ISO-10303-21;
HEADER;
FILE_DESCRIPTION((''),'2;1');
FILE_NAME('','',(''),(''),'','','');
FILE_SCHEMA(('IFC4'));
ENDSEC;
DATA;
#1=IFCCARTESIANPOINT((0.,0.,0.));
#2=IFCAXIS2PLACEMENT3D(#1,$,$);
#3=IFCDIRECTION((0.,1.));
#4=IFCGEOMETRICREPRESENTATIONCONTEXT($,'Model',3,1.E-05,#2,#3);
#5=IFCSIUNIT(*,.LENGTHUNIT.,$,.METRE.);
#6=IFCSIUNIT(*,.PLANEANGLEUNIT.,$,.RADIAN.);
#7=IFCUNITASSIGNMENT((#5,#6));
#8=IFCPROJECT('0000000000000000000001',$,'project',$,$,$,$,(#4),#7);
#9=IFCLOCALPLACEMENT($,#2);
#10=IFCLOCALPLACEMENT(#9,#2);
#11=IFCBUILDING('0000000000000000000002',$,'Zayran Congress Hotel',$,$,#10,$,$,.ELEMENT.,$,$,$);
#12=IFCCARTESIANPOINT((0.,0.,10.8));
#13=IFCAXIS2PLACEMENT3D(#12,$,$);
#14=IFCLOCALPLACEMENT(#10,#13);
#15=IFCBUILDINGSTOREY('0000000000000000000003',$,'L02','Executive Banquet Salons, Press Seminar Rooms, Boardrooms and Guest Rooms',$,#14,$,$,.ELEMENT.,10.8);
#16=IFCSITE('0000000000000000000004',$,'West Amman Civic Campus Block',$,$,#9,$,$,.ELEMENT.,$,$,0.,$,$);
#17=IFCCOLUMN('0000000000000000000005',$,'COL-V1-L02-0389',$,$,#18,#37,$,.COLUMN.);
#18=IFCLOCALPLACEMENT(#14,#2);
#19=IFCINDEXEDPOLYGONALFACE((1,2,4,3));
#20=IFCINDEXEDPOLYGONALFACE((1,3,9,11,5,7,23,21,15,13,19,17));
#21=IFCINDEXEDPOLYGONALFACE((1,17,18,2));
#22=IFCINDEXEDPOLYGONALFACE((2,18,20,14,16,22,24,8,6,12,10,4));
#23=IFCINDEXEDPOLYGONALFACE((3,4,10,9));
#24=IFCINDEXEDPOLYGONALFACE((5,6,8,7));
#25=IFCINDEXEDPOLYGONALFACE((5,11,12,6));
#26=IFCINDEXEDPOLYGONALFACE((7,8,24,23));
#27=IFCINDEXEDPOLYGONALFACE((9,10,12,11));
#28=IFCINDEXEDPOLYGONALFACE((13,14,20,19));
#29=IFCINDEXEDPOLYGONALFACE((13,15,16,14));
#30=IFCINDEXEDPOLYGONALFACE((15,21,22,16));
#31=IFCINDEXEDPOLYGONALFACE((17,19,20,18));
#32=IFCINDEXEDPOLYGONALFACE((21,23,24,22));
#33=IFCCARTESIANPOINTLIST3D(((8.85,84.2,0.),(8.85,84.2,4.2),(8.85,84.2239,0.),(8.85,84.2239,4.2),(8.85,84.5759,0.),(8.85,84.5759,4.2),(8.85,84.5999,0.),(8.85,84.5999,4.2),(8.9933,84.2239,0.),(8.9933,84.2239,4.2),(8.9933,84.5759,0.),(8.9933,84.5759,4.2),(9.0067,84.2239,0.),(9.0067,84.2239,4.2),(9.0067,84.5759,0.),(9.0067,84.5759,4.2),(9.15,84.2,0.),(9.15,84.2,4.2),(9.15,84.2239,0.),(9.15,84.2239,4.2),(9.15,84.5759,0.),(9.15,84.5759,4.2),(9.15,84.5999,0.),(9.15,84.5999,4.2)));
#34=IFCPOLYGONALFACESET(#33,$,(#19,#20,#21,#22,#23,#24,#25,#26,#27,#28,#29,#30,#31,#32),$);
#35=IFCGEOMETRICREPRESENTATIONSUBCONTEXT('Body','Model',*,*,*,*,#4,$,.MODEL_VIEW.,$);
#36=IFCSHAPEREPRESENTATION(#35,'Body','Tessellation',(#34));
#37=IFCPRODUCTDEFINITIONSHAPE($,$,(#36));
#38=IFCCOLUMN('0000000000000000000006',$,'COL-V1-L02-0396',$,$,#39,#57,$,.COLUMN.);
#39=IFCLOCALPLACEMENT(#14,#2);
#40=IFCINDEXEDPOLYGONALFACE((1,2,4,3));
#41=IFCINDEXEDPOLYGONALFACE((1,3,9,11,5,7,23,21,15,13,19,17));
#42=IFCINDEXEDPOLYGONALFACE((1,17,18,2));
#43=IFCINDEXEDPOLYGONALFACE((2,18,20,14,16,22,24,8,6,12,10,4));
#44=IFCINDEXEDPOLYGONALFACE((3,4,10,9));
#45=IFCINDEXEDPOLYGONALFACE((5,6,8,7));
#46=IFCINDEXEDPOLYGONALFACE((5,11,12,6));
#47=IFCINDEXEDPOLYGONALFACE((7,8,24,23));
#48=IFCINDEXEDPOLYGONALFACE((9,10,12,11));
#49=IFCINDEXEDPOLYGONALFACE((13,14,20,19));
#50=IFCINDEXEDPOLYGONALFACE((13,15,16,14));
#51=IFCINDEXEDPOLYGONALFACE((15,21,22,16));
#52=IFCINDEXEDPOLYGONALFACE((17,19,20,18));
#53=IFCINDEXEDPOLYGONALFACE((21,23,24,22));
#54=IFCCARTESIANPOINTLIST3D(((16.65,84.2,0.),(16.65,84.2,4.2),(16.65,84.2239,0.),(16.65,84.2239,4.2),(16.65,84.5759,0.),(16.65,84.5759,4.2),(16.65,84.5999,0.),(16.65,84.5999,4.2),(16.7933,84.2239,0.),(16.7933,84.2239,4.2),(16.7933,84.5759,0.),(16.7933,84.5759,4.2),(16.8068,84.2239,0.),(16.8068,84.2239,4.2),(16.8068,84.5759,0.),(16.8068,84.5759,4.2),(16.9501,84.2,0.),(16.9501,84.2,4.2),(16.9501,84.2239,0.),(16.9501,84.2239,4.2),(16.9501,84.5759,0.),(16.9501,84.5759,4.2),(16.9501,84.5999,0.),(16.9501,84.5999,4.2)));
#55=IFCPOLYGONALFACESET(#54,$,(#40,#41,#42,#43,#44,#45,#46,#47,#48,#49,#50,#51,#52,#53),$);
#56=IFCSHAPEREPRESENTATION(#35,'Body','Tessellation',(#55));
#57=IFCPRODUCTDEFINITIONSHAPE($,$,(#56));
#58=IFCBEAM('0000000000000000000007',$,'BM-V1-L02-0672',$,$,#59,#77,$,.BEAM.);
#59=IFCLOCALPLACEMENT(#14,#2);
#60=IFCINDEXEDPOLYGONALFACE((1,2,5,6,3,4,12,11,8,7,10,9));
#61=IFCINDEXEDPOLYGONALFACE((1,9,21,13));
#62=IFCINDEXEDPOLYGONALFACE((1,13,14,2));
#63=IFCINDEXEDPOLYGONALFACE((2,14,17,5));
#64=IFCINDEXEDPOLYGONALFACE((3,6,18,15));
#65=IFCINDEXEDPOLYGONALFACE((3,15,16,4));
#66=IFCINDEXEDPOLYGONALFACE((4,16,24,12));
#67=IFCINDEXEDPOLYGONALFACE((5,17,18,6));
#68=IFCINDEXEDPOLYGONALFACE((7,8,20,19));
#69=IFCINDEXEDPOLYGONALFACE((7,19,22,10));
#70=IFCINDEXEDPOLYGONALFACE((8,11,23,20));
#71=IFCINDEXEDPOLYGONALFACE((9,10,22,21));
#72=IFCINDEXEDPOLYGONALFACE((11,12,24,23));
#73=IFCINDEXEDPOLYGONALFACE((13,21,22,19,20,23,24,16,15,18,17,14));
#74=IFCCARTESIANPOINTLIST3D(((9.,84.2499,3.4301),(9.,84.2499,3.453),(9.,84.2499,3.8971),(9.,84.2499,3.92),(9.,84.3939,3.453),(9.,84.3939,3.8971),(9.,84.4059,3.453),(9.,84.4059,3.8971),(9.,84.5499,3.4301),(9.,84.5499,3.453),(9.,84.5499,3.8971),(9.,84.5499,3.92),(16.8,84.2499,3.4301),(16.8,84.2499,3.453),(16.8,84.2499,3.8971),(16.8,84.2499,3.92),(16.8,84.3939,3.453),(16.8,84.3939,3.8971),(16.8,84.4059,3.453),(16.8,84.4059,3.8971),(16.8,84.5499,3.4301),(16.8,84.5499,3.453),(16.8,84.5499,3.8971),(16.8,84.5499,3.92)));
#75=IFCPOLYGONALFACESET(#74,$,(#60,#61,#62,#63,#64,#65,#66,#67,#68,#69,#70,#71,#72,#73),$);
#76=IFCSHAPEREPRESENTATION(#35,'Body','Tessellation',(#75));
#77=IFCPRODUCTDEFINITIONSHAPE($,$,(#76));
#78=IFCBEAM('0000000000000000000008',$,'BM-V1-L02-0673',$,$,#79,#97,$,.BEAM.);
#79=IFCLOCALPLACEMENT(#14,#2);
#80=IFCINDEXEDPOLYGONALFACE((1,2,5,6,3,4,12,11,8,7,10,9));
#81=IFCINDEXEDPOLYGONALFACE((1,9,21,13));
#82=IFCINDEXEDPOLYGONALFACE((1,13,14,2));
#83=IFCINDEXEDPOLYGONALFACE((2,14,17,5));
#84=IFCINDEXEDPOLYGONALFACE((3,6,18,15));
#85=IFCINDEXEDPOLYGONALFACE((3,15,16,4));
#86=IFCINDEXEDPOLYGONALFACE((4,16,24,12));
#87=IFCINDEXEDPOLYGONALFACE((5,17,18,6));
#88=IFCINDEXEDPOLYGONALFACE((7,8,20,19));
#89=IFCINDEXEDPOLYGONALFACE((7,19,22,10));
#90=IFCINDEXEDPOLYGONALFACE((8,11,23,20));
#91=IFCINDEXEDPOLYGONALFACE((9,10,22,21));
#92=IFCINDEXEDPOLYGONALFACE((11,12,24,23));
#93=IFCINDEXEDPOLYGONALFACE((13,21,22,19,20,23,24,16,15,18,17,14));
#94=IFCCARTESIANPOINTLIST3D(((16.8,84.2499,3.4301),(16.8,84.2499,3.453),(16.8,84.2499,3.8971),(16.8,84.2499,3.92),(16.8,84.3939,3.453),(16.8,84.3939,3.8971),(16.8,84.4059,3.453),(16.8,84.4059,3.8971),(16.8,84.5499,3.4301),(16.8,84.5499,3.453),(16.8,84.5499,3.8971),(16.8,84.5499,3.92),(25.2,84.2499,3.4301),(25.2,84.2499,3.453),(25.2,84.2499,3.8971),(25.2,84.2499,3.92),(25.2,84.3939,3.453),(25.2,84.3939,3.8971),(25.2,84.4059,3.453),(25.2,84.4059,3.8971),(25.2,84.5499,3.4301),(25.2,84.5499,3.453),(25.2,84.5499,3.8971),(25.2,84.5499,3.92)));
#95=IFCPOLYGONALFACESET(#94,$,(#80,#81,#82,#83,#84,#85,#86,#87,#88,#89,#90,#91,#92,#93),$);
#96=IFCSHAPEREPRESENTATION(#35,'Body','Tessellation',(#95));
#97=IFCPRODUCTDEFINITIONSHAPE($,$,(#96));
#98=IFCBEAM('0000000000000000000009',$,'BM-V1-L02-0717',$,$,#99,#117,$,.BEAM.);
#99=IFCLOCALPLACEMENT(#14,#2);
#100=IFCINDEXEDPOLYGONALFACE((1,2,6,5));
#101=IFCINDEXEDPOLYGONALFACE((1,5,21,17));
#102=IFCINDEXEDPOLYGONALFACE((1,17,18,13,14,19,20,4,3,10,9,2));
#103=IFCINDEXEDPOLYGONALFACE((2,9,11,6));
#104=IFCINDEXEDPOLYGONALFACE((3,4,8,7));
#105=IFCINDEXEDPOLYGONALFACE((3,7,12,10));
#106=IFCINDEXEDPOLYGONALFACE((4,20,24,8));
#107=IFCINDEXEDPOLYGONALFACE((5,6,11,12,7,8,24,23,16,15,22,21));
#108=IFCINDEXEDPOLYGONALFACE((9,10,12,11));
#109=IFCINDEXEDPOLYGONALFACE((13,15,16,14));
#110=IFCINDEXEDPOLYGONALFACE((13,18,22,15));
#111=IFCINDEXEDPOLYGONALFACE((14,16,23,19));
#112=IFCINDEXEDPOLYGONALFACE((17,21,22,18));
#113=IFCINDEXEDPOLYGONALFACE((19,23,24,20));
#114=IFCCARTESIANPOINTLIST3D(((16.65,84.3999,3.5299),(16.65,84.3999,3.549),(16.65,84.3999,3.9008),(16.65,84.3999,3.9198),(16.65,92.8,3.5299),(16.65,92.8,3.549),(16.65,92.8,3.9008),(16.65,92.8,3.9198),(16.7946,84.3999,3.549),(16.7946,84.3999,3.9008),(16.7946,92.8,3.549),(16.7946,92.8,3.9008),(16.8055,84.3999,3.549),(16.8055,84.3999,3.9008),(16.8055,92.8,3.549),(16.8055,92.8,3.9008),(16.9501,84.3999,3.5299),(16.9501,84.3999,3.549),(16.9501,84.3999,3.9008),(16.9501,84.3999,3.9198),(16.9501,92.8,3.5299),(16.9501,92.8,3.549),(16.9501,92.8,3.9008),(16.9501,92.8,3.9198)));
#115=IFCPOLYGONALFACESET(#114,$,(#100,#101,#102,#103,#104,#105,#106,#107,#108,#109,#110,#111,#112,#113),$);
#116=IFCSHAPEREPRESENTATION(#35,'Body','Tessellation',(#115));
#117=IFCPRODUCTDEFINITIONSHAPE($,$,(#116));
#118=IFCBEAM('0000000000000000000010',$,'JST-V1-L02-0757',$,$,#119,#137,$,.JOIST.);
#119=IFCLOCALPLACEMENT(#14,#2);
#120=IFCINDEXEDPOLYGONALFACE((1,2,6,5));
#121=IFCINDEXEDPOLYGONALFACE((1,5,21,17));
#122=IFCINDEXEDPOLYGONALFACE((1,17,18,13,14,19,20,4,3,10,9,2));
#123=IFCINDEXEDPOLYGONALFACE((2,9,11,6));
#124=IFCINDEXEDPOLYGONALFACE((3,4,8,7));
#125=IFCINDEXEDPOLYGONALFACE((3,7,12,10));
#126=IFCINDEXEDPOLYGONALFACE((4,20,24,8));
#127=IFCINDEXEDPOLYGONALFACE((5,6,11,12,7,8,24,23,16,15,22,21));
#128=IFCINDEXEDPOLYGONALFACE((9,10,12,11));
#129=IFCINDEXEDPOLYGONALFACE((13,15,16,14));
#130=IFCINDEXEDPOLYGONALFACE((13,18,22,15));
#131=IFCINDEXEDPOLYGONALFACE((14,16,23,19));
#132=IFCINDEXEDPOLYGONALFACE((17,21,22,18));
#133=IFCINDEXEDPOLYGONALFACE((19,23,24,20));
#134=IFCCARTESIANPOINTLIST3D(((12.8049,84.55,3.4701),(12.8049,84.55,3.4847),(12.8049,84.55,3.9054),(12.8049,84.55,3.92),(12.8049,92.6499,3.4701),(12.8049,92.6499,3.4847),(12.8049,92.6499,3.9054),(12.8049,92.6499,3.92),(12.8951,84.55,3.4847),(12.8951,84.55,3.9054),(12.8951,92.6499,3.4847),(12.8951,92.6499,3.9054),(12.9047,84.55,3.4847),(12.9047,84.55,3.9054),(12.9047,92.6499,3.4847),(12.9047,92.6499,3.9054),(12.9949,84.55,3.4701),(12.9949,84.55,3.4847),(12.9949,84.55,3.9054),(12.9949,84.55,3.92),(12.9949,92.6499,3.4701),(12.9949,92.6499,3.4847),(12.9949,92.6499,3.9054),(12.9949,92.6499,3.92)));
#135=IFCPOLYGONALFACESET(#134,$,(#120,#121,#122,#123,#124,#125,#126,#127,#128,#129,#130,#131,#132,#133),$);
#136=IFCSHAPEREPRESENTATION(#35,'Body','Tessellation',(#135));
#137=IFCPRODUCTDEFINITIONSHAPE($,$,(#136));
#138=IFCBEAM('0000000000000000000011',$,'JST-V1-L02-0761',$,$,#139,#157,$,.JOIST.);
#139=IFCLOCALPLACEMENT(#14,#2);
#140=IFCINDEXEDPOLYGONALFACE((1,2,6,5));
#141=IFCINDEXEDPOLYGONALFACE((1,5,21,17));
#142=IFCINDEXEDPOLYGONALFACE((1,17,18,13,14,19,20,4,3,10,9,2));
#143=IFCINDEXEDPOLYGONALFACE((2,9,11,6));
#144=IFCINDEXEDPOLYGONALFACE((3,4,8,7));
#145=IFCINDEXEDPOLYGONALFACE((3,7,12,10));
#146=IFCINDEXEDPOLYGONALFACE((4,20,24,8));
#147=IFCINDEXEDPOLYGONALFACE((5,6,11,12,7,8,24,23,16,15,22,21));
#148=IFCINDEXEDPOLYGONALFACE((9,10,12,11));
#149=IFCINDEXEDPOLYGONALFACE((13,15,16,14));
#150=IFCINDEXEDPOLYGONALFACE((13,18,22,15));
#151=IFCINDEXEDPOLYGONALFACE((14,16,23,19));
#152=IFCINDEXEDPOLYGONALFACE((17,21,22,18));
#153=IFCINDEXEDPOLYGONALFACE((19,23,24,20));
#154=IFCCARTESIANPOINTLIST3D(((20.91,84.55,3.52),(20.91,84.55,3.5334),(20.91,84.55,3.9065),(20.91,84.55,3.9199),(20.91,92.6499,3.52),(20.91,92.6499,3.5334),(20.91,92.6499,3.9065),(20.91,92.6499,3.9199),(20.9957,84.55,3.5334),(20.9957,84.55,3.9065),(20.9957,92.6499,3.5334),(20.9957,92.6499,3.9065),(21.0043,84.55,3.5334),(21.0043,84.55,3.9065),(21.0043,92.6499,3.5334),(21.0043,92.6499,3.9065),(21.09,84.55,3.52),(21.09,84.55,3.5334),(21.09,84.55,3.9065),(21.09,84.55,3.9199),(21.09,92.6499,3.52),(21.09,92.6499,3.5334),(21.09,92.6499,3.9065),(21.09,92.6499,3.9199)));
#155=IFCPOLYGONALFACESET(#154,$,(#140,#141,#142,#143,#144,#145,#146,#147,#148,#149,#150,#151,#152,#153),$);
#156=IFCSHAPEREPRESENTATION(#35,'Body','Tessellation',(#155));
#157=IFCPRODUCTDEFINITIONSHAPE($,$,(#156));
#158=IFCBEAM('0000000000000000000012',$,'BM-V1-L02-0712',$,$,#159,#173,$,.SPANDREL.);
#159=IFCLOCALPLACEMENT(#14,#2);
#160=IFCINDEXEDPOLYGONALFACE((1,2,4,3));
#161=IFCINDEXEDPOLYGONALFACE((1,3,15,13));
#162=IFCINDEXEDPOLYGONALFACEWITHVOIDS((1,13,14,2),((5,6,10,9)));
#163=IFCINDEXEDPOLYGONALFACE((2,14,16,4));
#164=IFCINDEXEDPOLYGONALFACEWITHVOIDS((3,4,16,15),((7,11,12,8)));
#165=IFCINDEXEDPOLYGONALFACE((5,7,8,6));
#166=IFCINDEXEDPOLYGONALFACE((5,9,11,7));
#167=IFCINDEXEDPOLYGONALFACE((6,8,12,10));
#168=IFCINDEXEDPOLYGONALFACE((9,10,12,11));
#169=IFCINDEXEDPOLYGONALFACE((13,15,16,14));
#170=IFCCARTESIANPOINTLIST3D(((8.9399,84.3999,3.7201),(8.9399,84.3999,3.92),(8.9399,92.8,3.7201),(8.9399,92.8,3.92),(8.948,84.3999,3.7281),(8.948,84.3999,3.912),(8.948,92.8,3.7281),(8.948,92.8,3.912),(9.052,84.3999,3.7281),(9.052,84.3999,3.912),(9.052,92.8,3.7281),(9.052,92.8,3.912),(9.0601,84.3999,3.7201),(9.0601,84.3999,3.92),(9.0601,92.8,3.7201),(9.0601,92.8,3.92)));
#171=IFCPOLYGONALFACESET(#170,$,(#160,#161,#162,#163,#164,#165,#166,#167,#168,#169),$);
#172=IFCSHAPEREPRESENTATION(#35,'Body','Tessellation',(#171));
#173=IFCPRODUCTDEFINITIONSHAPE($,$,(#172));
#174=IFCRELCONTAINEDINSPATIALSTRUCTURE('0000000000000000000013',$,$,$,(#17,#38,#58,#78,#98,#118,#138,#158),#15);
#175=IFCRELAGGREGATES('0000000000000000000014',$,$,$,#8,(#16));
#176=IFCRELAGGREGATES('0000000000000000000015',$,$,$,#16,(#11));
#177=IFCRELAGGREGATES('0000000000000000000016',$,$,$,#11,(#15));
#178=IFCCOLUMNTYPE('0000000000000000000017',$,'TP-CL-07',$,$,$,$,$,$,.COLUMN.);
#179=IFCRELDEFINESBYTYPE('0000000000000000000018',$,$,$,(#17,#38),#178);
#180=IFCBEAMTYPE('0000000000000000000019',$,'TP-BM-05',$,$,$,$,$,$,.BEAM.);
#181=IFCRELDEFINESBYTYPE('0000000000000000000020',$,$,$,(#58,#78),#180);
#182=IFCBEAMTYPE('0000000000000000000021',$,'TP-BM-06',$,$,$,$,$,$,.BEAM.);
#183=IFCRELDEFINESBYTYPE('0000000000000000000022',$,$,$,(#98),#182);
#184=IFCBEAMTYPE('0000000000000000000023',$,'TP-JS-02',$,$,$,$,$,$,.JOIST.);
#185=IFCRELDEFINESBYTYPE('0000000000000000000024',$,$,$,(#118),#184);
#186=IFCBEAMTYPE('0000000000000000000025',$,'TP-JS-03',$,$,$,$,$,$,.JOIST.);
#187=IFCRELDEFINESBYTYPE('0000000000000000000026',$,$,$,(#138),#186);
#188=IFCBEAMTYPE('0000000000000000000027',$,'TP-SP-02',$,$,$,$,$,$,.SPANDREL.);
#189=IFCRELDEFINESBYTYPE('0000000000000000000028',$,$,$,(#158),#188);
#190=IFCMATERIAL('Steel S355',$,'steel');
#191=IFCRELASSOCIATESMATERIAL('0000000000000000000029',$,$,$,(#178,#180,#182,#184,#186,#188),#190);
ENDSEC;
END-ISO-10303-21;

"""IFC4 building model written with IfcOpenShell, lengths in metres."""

from ifc_helpers import new_model, si_unit, direction, frame, origin, origin_2d, place, context, subcontext, project, spatial, hollow_rectangle, i_section, extrude, material, material_profile, profile_set, type_object, element, save


model = new_model("IFC4")

# Units and contexts
model_context = context("Model", 3, precision=1e-05, world=origin(), true_north=direction((0.0, 1.0)))
body_context = subcontext(model_context, "Body", "Model", "MODEL_VIEW")
ifc_project = project(units=[si_unit("LENGTHUNIT", "METRE"), si_unit("PLANEANGLEUNIT", "RADIAN")], contexts=[model_context])

# Site, building, storey
site_placement = place(None, origin())
site = spatial("IfcSite", under=ifc_project, at=site_placement, Name="West Amman Civic Campus Block", CompositionType="ELEMENT", RefElevation=0.0)
building_placement = place(site_placement, origin())
building = spatial("IfcBuilding", under=site, at=building_placement, Name="Zayran Congress Hotel", CompositionType="ELEMENT")
storey_placement = place(building_placement, frame((0.0, 0.0, 10.8)))
storey = spatial("IfcBuildingStorey", under=building, at=storey_placement, Name="L02", Description="Executive Banquet Salons, Press Seminar Rooms, Boardrooms and Guest Rooms", CompositionType="ELEMENT", Elevation=10.8)

# Columns
ifc_material_1 = material(Name="Steel S355", Category="steel")
ifc_material_profile_1 = material_profile(ifc_material_1, i_section(OverallWidth=0.3, OverallDepth=0.3999, WebThickness=0.0134, FlangeThickness=0.0239, at=origin_2d()), Name="HEB 400")
ifc_profile_set_1 = profile_set([ifc_material_profile_1], Name="Steel S355")
column_type = type_object("IfcColumnType", Name="TP-CL-07", PredefinedType="COLUMN", material=ifc_profile_set_1)
for number, where, z_axis, x_axis, name in (
    (1, (9.0, 84.3999, 0.0), (0.0, 0.0, 1.0), (1.0, 0.0, 0.0), "COL-V1-L02-0389"),
    (2, (16.8, 84.3999, 0.0), (0.0, 0.0, 1.0), (1.0, 0.0, 0.0), "COL-V1-L02-0396"),
):
    element("IfcColumn", number, at=place(storey_placement, frame(where, z_axis=z_axis, x_axis=x_axis)), inside=storey, type_object=column_type, Name=name, PredefinedType="COLUMN", context=body_context, shape_type="SweptSolid", body=[
        extrude(i_section(OverallWidth=0.3, OverallDepth=0.3999, WebThickness=0.0134, FlangeThickness=0.0239, at=origin_2d()), origin(), (0.0, 0.0, 1.0), 4.2),
    ])

# Beams
ifc_material_profile_2 = material_profile(ifc_material_1, i_section(OverallWidth=0.3, OverallDepth=0.49, WebThickness=0.012, FlangeThickness=0.0229, at=origin_2d()), Name="HEA 500")
ifc_profile_set_2 = profile_set([ifc_material_profile_2], Name="Steel S355")
beam_type_1 = type_object("IfcBeamType", Name="TP-BM-05", PredefinedType="BEAM", material=ifc_profile_set_2)
beam_1_placement = place(storey_placement, frame((9.0, 84.3999, 3.675), z_axis=(1.0, 0.0, 0.0), x_axis=(0.0, 1.0, 0.0)))
element("IfcBeam", 3, at=beam_1_placement, inside=storey, type_object=beam_type_1, Name="BM-V1-L02-0672", PredefinedType="BEAM", context=body_context, shape_type="SweptSolid", body=[
    extrude(i_section(OverallWidth=0.3, OverallDepth=0.49, WebThickness=0.012, FlangeThickness=0.0229, at=origin_2d()), origin(), (0.0, 0.0, 1.0), 7.8),
])
beam_2_placement = place(storey_placement, frame((16.8, 84.3999, 3.675), z_axis=(1.0, 0.0, 0.0), x_axis=(0.0, 1.0, 0.0)))
element("IfcBeam", 4, at=beam_2_placement, inside=storey, type_object=beam_type_1, Name="BM-V1-L02-0673", PredefinedType="BEAM", context=body_context, shape_type="SweptSolid", body=[
    extrude(i_section(OverallWidth=0.3, OverallDepth=0.49, WebThickness=0.012, FlangeThickness=0.0229, at=origin_2d()), origin(), (0.0, 0.0, 1.0), 8.3999),
])
ifc_material_profile_3 = material_profile(ifc_material_1, i_section(OverallWidth=0.3, OverallDepth=0.3899, WebThickness=0.011, FlangeThickness=0.019, at=origin_2d()), Name="HEA 400")
ifc_profile_set_3 = profile_set([ifc_material_profile_3], Name="Steel S355")
beam_type_2 = type_object("IfcBeamType", Name="TP-BM-06", PredefinedType="BEAM", material=ifc_profile_set_3)
beam_3_placement = place(storey_placement, frame((16.8, 84.3999, 3.7249), z_axis=(0.0, 1.0, 0.0), x_axis=(-1.0, 0.0, 0.0)))
element("IfcBeam", 5, at=beam_3_placement, inside=storey, type_object=beam_type_2, Name="BM-V1-L02-0717", PredefinedType="BEAM", context=body_context, shape_type="SweptSolid", body=[
    extrude(i_section(OverallWidth=0.3, OverallDepth=0.3899, WebThickness=0.011, FlangeThickness=0.019, at=origin_2d()), origin(), (0.0, 0.0, 1.0), 8.4001),
])
ifc_material_profile_4 = material_profile(ifc_material_1, i_section(OverallWidth=0.1899, OverallDepth=0.45, WebThickness=0.0095, FlangeThickness=0.0146, at=origin_2d()), Name="IPE 450")
ifc_profile_set_4 = profile_set([ifc_material_profile_4], Name="Steel S355")
beam_type_3 = type_object("IfcBeamType", Name="TP-JS-02", PredefinedType="JOIST", material=ifc_profile_set_4)
beam_4_placement = place(storey_placement, frame((12.8999, 84.55, 3.6951), z_axis=(0.0, 1.0, 0.0), x_axis=(-1.0, 0.0, 0.0)))
element("IfcBeam", 6, at=beam_4_placement, inside=storey, type_object=beam_type_3, Name="JST-V1-L02-0757", PredefinedType="JOIST", context=body_context, shape_type="SweptSolid", body=[
    extrude(i_section(OverallWidth=0.1899, OverallDepth=0.45, WebThickness=0.0095, FlangeThickness=0.0146, at=origin_2d()), origin(), (0.0, 0.0, 1.0), 8.0999),
])
ifc_material_profile_5 = material_profile(ifc_material_1, i_section(OverallWidth=0.1799, OverallDepth=0.3999, WebThickness=0.0085, FlangeThickness=0.0134, at=origin_2d()), Name="IPE 400")
ifc_profile_set_5 = profile_set([ifc_material_profile_5], Name="Steel S355")
beam_type_4 = type_object("IfcBeamType", Name="TP-JS-03", PredefinedType="JOIST", material=ifc_profile_set_5)
beam_5_placement = place(storey_placement, frame((21.0, 84.55, 3.72), z_axis=(0.0, 1.0, 0.0), x_axis=(-1.0, 0.0, 0.0)))
element("IfcBeam", 7, at=beam_5_placement, inside=storey, type_object=beam_type_4, Name="JST-V1-L02-0761", PredefinedType="JOIST", context=body_context, shape_type="SweptSolid", body=[
    extrude(i_section(OverallWidth=0.1799, OverallDepth=0.3999, WebThickness=0.0085, FlangeThickness=0.0134, at=origin_2d()), origin(), (0.0, 0.0, 1.0), 8.0999),
])
ifc_material_profile_6 = material_profile(ifc_material_1, hollow_rectangle(XDim=0.1201, YDim=0.2, WallThickness=0.0081, at=origin_2d()), Name="RHS 200x120x8")
ifc_profile_set_6 = profile_set([ifc_material_profile_6], Name="Steel S355")
beam_type_5 = type_object("IfcBeamType", Name="TP-SP-02", PredefinedType="SPANDREL", material=ifc_profile_set_6)
beam_6_placement = place(storey_placement, frame((9.0, 84.3999, 3.8201), z_axis=(0.0, 1.0, 0.0), x_axis=(-1.0, 0.0, 0.0)))
element("IfcBeam", 8, at=beam_6_placement, inside=storey, type_object=beam_type_5, Name="BM-V1-L02-0712", PredefinedType="SPANDREL", context=body_context, shape_type="SweptSolid", body=[
    extrude(hollow_rectangle(XDim=0.1201, YDim=0.2, WallThickness=0.0081, at=origin_2d()), origin(), (0.0, 0.0, 1.0), 8.4001),
])

save(model, "model.ifc")
